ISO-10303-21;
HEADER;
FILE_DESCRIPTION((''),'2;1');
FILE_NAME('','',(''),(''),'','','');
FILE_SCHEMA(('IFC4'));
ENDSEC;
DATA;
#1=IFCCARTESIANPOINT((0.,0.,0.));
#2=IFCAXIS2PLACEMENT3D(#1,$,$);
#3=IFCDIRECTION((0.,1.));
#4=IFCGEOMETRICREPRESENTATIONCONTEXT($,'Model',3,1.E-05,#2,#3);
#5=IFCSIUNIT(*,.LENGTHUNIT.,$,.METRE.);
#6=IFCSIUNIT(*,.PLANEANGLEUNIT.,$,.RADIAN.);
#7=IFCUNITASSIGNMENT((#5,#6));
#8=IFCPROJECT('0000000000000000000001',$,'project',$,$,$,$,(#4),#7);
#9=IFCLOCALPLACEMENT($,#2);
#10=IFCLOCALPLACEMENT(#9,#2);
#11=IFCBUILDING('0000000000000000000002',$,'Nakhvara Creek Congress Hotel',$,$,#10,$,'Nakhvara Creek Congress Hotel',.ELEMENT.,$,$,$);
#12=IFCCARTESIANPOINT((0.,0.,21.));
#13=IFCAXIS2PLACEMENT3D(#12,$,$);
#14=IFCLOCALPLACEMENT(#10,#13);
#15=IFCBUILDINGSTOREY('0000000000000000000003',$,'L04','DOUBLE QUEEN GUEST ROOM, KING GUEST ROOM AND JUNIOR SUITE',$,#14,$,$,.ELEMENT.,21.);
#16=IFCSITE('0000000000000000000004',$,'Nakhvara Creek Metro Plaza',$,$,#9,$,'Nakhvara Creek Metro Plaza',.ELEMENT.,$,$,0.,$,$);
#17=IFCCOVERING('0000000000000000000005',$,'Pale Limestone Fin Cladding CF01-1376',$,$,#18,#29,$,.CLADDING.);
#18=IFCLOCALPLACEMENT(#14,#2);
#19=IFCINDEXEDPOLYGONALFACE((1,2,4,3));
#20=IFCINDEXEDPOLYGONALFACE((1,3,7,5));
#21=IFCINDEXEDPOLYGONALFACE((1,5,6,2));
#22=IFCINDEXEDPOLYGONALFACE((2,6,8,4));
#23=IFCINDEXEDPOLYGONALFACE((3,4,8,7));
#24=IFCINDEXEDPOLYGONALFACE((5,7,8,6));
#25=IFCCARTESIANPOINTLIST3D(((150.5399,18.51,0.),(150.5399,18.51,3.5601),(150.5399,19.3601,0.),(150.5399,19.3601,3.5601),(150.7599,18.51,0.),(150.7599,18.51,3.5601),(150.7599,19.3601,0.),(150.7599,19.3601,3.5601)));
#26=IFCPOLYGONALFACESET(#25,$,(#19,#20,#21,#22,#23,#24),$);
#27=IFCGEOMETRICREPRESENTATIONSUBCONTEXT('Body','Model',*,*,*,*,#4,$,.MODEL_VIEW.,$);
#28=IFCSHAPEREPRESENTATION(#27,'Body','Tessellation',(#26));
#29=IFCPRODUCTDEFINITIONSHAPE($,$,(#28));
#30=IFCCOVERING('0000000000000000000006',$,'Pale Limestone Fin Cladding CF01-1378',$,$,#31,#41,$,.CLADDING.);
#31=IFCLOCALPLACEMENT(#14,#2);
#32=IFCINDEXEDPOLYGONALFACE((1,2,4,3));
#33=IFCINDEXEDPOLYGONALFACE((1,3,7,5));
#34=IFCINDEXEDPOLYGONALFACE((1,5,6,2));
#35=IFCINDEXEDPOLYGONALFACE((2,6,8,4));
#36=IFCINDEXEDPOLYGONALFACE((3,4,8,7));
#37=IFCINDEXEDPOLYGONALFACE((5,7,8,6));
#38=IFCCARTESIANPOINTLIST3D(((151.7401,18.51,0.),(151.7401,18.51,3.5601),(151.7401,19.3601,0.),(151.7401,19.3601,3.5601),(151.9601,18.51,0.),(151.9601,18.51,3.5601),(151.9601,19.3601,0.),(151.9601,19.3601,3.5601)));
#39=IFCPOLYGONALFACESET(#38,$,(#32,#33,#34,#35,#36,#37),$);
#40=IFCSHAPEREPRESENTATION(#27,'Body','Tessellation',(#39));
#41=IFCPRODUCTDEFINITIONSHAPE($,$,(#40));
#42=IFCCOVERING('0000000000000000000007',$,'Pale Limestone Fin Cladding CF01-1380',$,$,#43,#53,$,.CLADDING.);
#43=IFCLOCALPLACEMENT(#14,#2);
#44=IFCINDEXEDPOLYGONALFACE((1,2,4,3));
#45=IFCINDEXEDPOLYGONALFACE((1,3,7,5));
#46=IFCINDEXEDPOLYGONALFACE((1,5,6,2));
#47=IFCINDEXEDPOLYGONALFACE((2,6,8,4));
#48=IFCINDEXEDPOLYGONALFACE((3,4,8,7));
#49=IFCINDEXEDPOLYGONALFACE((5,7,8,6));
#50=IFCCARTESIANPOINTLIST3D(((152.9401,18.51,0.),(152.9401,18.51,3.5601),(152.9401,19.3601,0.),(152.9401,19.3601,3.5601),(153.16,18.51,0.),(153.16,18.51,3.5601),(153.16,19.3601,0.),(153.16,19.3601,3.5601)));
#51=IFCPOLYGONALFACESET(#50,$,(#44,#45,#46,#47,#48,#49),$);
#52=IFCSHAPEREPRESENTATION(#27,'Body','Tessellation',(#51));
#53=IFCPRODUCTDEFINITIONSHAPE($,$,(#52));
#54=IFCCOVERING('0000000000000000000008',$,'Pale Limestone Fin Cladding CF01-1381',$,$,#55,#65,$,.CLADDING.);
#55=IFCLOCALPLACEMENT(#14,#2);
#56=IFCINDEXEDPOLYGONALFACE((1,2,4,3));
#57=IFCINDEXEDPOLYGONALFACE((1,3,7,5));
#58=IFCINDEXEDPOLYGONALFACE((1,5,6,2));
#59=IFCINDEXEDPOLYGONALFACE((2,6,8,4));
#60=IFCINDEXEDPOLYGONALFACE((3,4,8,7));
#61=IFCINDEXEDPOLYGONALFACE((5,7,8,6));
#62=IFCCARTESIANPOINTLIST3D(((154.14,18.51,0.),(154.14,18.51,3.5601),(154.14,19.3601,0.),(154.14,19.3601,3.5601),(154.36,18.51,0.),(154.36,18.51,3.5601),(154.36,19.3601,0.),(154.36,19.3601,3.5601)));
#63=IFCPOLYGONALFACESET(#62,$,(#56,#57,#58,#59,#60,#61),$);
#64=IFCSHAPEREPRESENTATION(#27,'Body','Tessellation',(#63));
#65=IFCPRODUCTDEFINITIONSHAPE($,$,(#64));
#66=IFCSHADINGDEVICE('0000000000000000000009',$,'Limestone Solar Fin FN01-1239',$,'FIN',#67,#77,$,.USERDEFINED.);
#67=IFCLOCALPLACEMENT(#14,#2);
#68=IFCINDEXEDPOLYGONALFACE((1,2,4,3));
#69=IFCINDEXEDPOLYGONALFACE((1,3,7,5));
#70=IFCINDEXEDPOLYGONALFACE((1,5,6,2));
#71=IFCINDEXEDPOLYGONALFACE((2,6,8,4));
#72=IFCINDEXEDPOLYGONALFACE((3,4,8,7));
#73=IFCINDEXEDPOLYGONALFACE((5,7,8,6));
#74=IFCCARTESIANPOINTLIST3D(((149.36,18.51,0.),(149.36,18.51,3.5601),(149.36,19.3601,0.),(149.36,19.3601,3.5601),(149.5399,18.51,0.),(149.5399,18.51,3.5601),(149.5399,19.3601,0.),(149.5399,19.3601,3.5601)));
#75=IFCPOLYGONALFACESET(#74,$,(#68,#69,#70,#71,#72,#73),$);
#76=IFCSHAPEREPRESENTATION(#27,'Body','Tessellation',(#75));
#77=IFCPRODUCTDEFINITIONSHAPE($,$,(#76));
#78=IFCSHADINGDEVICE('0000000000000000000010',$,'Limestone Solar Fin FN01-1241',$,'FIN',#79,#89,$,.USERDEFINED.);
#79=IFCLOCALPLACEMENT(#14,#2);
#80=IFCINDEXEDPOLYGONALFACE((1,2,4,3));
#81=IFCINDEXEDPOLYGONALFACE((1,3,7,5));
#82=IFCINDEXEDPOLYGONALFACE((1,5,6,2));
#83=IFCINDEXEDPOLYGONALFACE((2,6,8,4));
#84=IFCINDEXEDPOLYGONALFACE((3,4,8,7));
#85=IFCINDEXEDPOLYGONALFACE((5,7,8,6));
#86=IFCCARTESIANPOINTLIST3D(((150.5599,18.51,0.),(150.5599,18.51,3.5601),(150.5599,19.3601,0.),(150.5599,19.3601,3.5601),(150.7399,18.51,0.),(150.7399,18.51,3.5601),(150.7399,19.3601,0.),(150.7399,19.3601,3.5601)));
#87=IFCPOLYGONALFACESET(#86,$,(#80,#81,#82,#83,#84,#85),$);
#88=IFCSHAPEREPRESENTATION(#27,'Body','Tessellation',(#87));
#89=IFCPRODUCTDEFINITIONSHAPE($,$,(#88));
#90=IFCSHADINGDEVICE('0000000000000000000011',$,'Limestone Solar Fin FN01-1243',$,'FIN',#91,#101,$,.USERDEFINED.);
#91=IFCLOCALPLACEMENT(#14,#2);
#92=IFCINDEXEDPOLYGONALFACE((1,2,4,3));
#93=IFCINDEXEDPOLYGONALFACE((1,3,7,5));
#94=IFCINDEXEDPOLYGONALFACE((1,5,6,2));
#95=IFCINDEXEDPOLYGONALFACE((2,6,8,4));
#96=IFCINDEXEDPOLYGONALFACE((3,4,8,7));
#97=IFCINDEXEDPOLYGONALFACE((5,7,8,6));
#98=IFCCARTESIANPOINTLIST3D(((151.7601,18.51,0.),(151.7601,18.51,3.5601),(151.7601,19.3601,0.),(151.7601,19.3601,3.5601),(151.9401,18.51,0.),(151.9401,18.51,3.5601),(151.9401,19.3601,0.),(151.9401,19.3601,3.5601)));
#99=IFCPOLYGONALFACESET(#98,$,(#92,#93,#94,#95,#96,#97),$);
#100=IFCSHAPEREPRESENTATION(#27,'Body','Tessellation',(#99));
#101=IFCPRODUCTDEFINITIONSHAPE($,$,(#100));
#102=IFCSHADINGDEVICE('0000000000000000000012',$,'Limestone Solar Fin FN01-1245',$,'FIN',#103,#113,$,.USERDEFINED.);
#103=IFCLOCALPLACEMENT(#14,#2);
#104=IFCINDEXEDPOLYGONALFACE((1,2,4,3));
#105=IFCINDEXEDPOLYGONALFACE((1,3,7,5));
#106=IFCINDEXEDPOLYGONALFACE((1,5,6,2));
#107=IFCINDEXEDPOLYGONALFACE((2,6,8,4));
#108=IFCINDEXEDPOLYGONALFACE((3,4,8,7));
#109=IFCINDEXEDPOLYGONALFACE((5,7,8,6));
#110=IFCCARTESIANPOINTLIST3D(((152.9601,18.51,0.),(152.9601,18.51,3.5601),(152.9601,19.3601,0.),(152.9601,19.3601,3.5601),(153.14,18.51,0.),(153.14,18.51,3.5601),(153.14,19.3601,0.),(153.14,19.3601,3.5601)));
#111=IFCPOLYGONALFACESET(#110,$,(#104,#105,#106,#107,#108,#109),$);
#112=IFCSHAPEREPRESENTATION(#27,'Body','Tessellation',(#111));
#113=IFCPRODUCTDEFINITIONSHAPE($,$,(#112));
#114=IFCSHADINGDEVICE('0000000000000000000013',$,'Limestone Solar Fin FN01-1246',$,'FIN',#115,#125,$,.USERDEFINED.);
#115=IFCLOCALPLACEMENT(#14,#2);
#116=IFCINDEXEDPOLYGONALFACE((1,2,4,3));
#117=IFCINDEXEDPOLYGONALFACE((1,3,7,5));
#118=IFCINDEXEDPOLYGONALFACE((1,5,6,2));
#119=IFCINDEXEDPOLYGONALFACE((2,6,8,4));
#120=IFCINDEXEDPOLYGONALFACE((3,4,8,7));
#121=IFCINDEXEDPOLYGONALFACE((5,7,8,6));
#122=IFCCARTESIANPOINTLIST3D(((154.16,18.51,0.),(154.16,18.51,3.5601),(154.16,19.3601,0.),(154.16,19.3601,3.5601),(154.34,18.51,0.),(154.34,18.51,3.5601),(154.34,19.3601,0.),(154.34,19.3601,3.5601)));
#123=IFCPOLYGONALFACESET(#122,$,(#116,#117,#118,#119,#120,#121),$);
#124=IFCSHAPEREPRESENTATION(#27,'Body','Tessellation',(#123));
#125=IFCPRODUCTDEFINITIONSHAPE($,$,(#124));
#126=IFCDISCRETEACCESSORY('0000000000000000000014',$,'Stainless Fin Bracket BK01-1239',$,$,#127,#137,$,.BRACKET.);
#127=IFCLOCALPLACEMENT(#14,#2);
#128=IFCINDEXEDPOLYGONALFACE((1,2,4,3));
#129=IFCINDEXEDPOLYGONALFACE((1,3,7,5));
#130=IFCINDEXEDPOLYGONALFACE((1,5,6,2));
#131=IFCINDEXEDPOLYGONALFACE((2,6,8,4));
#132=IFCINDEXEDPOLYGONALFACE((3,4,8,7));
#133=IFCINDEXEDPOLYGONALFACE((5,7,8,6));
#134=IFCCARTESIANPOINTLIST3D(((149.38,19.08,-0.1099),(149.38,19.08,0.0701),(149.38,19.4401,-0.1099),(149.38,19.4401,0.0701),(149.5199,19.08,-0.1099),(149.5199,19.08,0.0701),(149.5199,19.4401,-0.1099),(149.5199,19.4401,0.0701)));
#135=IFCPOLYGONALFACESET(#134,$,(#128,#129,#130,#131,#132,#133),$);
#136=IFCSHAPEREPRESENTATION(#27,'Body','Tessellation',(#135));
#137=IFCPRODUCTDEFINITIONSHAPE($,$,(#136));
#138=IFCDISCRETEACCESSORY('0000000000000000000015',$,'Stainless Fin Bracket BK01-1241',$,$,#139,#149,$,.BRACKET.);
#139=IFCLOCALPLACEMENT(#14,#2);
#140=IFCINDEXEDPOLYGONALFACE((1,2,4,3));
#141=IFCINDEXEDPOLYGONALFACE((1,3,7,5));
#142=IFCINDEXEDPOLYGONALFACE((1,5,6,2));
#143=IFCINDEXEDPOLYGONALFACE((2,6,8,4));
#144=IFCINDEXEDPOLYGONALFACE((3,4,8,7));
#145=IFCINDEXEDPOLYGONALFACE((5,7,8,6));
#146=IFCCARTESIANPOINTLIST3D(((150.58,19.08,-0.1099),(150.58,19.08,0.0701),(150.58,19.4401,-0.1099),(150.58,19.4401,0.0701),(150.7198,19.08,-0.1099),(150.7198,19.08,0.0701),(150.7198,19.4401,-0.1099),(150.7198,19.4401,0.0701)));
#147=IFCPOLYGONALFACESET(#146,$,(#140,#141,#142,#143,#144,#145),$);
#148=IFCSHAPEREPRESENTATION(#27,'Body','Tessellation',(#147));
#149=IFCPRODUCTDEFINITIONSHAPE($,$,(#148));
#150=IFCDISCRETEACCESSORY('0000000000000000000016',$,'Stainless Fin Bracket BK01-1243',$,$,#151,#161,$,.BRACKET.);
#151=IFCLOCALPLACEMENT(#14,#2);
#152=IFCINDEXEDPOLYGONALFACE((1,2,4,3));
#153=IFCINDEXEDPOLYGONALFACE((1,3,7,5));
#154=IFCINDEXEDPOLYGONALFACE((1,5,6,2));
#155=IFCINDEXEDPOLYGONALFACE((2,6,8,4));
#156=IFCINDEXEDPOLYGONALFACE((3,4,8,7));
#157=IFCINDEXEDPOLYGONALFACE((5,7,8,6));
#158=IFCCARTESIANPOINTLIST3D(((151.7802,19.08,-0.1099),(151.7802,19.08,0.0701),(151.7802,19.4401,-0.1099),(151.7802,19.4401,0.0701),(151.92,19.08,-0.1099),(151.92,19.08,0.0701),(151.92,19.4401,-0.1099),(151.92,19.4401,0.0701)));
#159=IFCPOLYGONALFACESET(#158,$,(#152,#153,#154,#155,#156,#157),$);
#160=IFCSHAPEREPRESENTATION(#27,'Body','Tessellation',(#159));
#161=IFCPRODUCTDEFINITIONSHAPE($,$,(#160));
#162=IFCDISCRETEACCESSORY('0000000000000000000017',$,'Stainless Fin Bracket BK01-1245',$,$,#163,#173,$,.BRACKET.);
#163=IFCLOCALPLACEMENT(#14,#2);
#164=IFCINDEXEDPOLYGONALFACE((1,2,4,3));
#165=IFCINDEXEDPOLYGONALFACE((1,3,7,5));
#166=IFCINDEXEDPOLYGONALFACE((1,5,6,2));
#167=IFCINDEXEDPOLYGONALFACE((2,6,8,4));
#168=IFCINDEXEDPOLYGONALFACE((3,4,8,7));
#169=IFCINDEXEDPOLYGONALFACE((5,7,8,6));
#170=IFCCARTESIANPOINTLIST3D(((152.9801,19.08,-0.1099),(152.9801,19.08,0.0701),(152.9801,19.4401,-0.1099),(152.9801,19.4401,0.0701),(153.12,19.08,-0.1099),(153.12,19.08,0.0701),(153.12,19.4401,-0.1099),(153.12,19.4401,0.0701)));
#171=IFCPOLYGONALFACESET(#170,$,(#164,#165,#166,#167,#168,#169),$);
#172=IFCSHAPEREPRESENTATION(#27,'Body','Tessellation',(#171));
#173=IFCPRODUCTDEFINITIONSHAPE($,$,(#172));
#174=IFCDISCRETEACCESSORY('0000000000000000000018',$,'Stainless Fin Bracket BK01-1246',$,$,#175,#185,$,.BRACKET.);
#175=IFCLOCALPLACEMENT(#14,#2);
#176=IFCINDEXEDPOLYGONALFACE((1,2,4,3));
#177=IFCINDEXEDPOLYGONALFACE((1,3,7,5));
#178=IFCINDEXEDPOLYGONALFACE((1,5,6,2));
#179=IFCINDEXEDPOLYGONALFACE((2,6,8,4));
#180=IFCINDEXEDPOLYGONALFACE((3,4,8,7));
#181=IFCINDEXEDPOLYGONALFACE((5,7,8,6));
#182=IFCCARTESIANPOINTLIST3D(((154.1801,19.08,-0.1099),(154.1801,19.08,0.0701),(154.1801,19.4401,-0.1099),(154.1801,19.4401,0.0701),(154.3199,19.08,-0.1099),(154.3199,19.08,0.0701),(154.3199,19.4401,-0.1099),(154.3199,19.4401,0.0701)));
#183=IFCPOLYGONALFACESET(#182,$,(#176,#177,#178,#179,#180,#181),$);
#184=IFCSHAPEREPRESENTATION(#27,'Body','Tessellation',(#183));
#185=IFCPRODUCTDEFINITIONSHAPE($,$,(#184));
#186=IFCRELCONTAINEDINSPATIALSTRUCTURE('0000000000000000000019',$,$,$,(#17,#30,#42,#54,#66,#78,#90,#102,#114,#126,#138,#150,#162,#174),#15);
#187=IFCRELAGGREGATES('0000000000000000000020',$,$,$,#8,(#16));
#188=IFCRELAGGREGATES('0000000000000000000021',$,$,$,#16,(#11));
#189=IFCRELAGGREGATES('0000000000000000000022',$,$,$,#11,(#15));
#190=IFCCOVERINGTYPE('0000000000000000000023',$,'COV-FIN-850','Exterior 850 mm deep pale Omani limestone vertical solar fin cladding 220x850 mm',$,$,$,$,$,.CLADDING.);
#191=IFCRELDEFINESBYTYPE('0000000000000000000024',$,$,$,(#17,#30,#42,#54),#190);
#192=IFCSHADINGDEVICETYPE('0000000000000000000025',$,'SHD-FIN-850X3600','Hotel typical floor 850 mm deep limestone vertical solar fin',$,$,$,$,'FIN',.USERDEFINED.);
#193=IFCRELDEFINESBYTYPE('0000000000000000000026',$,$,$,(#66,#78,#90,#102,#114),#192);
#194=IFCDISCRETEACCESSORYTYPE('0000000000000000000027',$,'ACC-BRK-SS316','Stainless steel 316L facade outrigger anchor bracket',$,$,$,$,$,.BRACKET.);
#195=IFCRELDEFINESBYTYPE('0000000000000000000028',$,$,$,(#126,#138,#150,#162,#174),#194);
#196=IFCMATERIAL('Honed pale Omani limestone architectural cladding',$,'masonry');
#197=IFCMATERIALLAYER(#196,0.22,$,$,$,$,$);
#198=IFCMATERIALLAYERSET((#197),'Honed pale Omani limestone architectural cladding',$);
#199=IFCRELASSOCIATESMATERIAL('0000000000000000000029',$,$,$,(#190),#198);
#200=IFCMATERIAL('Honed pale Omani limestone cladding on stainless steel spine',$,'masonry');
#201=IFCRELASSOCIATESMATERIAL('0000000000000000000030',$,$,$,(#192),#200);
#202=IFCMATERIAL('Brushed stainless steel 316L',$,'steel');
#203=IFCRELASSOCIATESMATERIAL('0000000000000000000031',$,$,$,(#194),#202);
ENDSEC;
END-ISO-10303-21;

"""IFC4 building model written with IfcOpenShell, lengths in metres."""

from ifc_helpers import new_model, si_unit, direction, frame, origin, origin_2d, place, context, subcontext, project, spatial, rectangle, extrude, material, layer, layer_set, type_object, element, save


model = new_model("IFC4")

# Units and contexts
model_context = context("Model", 3, precision=1e-05, world=origin(), true_north=direction((0.0, 1.0)))
body_context = subcontext(model_context, "Body", "Model", "MODEL_VIEW")
ifc_project = project(units=[si_unit("LENGTHUNIT", "METRE"), si_unit("PLANEANGLEUNIT", "RADIAN")], contexts=[model_context])

# Site, building, storey
site_placement = place(None, origin())
site = spatial("IfcSite", under=ifc_project, at=site_placement, Name="Nakhvara Creek Metro Plaza", LongName="Nakhvara Creek Metro Plaza", CompositionType="ELEMENT", RefElevation=0.0)
building_placement = place(site_placement, origin())
building = spatial("IfcBuilding", under=site, at=building_placement, Name="Nakhvara Creek Congress Hotel", LongName="Nakhvara Creek Congress Hotel", CompositionType="ELEMENT")
storey_placement = place(building_placement, frame((0.0, 0.0, 21.0)))
storey = spatial("IfcBuildingStorey", under=building, at=storey_placement, Name="L04", Description="DOUBLE QUEEN GUEST ROOM, KING GUEST ROOM AND JUNIOR SUITE", CompositionType="ELEMENT", Elevation=21.0)

# Coverings
ifc_material_1 = material(Name="Honed pale Omani limestone architectural cladding", Category="masonry")
ifc_layer_1 = layer(ifc_material_1, 0.22)
ifc_layer_set_1 = layer_set([ifc_layer_1], Name="Honed pale Omani limestone architectural cladding")
covering_type = type_object("IfcCoveringType", Name="COV-FIN-850", Description="Exterior 850 mm deep pale Omani limestone vertical solar fin cladding 220x850 mm", PredefinedType="CLADDING", material=ifc_layer_set_1)
for number, where, z_axis, x_axis, name in (
    (1, (150.6499, 18.9351, 0.0), (0.0, 0.0, 1.0), (1.0, 0.0, 0.0), "Pale Limestone Fin Cladding CF01-1376"),
    (2, (151.8501, 18.9351, 0.0), (0.0, 0.0, 1.0), (1.0, 0.0, 0.0), "Pale Limestone Fin Cladding CF01-1378"),
    (3, (153.05, 18.9351, 0.0), (0.0, 0.0, 1.0), (1.0, 0.0, 0.0), "Pale Limestone Fin Cladding CF01-1380"),
    (4, (154.25, 18.9351, 0.0), (0.0, 0.0, 1.0), (1.0, 0.0, 0.0), "Pale Limestone Fin Cladding CF01-1381"),
):
    element("IfcCovering", number, at=place(storey_placement, frame(where, z_axis=z_axis, x_axis=x_axis)), inside=storey, type_object=covering_type, Name=name, PredefinedType="CLADDING", context=body_context, shape_type="SweptSolid", body=[
        extrude(rectangle(XDim=0.22, YDim=0.8501, at=origin_2d()), origin(), (0.0, 0.0, 1.0), 3.5601),
    ])

# Shading devices
ifc_material_2 = material(Name="Honed pale Omani limestone cladding on stainless steel spine", Category="masonry")
shading_device_type = type_object("IfcShadingDeviceType", Name="SHD-FIN-850X3600", Description="Hotel typical floor 850 mm deep limestone vertical solar fin", ElementType="FIN", PredefinedType="USERDEFINED", material=ifc_material_2)
for number, where, z_axis, x_axis, name in (
    (5, (149.45, 18.9351, 0.0), (0.0, 0.0, 1.0), (1.0, 0.0, 0.0), "Limestone Solar Fin FN01-1239"),
    (6, (150.6499, 18.9351, 0.0), (0.0, 0.0, 1.0), (1.0, 0.0, 0.0), "Limestone Solar Fin FN01-1241"),
    (7, (151.8501, 18.9351, 0.0), (0.0, 0.0, 1.0), (1.0, 0.0, 0.0), "Limestone Solar Fin FN01-1243"),
    (8, (153.05, 18.9351, 0.0), (0.0, 0.0, 1.0), (1.0, 0.0, 0.0), "Limestone Solar Fin FN01-1245"),
    (9, (154.25, 18.9351, 0.0), (0.0, 0.0, 1.0), (1.0, 0.0, 0.0), "Limestone Solar Fin FN01-1246"),
):
    element("IfcShadingDevice", number, at=place(storey_placement, frame(where, z_axis=z_axis, x_axis=x_axis)), inside=storey, type_object=shading_device_type, Name=name, ObjectType="FIN", PredefinedType="USERDEFINED", context=body_context, shape_type="SweptSolid", body=[
        extrude(rectangle(XDim=0.1799, YDim=0.8501, at=origin_2d()), origin(), (0.0, 0.0, 1.0), 3.5601),
    ])

# Discrete accessories
ifc_material_3 = material(Name="Brushed stainless steel 316L", Category="steel")
discrete_accessory_type = type_object("IfcDiscreteAccessoryType", Name="ACC-BRK-SS316", Description="Stainless steel 316L facade outrigger anchor bracket", PredefinedType="BRACKET", material=ifc_material_3)
for number, where, z_axis, x_axis, name in (
    (10, (149.45, 19.26, -0.1099), (0.0, 0.0, 1.0), (1.0, 0.0, 0.0), "Stainless Fin Bracket BK01-1239"),
    (11, (150.6499, 19.26, -0.1099), (0.0, 0.0, 1.0), (1.0, 0.0, 0.0), "Stainless Fin Bracket BK01-1241"),
    (12, (151.8501, 19.26, -0.1099), (0.0, 0.0, 1.0), (1.0, 0.0, 0.0), "Stainless Fin Bracket BK01-1243"),
    (13, (153.05, 19.26, -0.1099), (0.0, 0.0, 1.0), (1.0, 0.0, 0.0), "Stainless Fin Bracket BK01-1245"),
    (14, (154.25, 19.26, -0.1099), (0.0, 0.0, 1.0), (1.0, 0.0, 0.0), "Stainless Fin Bracket BK01-1246"),
):
    element("IfcDiscreteAccessory", number, at=place(storey_placement, frame(where, z_axis=z_axis, x_axis=x_axis)), inside=storey, type_object=discrete_accessory_type, Name=name, PredefinedType="BRACKET", context=body_context, shape_type="SweptSolid", body=[
        extrude(rectangle(XDim=0.1399, YDim=0.3601, at=origin_2d()), origin(), (0.0, 0.0, 1.0), 0.1799),
    ])

save(model, "model.ifc")
